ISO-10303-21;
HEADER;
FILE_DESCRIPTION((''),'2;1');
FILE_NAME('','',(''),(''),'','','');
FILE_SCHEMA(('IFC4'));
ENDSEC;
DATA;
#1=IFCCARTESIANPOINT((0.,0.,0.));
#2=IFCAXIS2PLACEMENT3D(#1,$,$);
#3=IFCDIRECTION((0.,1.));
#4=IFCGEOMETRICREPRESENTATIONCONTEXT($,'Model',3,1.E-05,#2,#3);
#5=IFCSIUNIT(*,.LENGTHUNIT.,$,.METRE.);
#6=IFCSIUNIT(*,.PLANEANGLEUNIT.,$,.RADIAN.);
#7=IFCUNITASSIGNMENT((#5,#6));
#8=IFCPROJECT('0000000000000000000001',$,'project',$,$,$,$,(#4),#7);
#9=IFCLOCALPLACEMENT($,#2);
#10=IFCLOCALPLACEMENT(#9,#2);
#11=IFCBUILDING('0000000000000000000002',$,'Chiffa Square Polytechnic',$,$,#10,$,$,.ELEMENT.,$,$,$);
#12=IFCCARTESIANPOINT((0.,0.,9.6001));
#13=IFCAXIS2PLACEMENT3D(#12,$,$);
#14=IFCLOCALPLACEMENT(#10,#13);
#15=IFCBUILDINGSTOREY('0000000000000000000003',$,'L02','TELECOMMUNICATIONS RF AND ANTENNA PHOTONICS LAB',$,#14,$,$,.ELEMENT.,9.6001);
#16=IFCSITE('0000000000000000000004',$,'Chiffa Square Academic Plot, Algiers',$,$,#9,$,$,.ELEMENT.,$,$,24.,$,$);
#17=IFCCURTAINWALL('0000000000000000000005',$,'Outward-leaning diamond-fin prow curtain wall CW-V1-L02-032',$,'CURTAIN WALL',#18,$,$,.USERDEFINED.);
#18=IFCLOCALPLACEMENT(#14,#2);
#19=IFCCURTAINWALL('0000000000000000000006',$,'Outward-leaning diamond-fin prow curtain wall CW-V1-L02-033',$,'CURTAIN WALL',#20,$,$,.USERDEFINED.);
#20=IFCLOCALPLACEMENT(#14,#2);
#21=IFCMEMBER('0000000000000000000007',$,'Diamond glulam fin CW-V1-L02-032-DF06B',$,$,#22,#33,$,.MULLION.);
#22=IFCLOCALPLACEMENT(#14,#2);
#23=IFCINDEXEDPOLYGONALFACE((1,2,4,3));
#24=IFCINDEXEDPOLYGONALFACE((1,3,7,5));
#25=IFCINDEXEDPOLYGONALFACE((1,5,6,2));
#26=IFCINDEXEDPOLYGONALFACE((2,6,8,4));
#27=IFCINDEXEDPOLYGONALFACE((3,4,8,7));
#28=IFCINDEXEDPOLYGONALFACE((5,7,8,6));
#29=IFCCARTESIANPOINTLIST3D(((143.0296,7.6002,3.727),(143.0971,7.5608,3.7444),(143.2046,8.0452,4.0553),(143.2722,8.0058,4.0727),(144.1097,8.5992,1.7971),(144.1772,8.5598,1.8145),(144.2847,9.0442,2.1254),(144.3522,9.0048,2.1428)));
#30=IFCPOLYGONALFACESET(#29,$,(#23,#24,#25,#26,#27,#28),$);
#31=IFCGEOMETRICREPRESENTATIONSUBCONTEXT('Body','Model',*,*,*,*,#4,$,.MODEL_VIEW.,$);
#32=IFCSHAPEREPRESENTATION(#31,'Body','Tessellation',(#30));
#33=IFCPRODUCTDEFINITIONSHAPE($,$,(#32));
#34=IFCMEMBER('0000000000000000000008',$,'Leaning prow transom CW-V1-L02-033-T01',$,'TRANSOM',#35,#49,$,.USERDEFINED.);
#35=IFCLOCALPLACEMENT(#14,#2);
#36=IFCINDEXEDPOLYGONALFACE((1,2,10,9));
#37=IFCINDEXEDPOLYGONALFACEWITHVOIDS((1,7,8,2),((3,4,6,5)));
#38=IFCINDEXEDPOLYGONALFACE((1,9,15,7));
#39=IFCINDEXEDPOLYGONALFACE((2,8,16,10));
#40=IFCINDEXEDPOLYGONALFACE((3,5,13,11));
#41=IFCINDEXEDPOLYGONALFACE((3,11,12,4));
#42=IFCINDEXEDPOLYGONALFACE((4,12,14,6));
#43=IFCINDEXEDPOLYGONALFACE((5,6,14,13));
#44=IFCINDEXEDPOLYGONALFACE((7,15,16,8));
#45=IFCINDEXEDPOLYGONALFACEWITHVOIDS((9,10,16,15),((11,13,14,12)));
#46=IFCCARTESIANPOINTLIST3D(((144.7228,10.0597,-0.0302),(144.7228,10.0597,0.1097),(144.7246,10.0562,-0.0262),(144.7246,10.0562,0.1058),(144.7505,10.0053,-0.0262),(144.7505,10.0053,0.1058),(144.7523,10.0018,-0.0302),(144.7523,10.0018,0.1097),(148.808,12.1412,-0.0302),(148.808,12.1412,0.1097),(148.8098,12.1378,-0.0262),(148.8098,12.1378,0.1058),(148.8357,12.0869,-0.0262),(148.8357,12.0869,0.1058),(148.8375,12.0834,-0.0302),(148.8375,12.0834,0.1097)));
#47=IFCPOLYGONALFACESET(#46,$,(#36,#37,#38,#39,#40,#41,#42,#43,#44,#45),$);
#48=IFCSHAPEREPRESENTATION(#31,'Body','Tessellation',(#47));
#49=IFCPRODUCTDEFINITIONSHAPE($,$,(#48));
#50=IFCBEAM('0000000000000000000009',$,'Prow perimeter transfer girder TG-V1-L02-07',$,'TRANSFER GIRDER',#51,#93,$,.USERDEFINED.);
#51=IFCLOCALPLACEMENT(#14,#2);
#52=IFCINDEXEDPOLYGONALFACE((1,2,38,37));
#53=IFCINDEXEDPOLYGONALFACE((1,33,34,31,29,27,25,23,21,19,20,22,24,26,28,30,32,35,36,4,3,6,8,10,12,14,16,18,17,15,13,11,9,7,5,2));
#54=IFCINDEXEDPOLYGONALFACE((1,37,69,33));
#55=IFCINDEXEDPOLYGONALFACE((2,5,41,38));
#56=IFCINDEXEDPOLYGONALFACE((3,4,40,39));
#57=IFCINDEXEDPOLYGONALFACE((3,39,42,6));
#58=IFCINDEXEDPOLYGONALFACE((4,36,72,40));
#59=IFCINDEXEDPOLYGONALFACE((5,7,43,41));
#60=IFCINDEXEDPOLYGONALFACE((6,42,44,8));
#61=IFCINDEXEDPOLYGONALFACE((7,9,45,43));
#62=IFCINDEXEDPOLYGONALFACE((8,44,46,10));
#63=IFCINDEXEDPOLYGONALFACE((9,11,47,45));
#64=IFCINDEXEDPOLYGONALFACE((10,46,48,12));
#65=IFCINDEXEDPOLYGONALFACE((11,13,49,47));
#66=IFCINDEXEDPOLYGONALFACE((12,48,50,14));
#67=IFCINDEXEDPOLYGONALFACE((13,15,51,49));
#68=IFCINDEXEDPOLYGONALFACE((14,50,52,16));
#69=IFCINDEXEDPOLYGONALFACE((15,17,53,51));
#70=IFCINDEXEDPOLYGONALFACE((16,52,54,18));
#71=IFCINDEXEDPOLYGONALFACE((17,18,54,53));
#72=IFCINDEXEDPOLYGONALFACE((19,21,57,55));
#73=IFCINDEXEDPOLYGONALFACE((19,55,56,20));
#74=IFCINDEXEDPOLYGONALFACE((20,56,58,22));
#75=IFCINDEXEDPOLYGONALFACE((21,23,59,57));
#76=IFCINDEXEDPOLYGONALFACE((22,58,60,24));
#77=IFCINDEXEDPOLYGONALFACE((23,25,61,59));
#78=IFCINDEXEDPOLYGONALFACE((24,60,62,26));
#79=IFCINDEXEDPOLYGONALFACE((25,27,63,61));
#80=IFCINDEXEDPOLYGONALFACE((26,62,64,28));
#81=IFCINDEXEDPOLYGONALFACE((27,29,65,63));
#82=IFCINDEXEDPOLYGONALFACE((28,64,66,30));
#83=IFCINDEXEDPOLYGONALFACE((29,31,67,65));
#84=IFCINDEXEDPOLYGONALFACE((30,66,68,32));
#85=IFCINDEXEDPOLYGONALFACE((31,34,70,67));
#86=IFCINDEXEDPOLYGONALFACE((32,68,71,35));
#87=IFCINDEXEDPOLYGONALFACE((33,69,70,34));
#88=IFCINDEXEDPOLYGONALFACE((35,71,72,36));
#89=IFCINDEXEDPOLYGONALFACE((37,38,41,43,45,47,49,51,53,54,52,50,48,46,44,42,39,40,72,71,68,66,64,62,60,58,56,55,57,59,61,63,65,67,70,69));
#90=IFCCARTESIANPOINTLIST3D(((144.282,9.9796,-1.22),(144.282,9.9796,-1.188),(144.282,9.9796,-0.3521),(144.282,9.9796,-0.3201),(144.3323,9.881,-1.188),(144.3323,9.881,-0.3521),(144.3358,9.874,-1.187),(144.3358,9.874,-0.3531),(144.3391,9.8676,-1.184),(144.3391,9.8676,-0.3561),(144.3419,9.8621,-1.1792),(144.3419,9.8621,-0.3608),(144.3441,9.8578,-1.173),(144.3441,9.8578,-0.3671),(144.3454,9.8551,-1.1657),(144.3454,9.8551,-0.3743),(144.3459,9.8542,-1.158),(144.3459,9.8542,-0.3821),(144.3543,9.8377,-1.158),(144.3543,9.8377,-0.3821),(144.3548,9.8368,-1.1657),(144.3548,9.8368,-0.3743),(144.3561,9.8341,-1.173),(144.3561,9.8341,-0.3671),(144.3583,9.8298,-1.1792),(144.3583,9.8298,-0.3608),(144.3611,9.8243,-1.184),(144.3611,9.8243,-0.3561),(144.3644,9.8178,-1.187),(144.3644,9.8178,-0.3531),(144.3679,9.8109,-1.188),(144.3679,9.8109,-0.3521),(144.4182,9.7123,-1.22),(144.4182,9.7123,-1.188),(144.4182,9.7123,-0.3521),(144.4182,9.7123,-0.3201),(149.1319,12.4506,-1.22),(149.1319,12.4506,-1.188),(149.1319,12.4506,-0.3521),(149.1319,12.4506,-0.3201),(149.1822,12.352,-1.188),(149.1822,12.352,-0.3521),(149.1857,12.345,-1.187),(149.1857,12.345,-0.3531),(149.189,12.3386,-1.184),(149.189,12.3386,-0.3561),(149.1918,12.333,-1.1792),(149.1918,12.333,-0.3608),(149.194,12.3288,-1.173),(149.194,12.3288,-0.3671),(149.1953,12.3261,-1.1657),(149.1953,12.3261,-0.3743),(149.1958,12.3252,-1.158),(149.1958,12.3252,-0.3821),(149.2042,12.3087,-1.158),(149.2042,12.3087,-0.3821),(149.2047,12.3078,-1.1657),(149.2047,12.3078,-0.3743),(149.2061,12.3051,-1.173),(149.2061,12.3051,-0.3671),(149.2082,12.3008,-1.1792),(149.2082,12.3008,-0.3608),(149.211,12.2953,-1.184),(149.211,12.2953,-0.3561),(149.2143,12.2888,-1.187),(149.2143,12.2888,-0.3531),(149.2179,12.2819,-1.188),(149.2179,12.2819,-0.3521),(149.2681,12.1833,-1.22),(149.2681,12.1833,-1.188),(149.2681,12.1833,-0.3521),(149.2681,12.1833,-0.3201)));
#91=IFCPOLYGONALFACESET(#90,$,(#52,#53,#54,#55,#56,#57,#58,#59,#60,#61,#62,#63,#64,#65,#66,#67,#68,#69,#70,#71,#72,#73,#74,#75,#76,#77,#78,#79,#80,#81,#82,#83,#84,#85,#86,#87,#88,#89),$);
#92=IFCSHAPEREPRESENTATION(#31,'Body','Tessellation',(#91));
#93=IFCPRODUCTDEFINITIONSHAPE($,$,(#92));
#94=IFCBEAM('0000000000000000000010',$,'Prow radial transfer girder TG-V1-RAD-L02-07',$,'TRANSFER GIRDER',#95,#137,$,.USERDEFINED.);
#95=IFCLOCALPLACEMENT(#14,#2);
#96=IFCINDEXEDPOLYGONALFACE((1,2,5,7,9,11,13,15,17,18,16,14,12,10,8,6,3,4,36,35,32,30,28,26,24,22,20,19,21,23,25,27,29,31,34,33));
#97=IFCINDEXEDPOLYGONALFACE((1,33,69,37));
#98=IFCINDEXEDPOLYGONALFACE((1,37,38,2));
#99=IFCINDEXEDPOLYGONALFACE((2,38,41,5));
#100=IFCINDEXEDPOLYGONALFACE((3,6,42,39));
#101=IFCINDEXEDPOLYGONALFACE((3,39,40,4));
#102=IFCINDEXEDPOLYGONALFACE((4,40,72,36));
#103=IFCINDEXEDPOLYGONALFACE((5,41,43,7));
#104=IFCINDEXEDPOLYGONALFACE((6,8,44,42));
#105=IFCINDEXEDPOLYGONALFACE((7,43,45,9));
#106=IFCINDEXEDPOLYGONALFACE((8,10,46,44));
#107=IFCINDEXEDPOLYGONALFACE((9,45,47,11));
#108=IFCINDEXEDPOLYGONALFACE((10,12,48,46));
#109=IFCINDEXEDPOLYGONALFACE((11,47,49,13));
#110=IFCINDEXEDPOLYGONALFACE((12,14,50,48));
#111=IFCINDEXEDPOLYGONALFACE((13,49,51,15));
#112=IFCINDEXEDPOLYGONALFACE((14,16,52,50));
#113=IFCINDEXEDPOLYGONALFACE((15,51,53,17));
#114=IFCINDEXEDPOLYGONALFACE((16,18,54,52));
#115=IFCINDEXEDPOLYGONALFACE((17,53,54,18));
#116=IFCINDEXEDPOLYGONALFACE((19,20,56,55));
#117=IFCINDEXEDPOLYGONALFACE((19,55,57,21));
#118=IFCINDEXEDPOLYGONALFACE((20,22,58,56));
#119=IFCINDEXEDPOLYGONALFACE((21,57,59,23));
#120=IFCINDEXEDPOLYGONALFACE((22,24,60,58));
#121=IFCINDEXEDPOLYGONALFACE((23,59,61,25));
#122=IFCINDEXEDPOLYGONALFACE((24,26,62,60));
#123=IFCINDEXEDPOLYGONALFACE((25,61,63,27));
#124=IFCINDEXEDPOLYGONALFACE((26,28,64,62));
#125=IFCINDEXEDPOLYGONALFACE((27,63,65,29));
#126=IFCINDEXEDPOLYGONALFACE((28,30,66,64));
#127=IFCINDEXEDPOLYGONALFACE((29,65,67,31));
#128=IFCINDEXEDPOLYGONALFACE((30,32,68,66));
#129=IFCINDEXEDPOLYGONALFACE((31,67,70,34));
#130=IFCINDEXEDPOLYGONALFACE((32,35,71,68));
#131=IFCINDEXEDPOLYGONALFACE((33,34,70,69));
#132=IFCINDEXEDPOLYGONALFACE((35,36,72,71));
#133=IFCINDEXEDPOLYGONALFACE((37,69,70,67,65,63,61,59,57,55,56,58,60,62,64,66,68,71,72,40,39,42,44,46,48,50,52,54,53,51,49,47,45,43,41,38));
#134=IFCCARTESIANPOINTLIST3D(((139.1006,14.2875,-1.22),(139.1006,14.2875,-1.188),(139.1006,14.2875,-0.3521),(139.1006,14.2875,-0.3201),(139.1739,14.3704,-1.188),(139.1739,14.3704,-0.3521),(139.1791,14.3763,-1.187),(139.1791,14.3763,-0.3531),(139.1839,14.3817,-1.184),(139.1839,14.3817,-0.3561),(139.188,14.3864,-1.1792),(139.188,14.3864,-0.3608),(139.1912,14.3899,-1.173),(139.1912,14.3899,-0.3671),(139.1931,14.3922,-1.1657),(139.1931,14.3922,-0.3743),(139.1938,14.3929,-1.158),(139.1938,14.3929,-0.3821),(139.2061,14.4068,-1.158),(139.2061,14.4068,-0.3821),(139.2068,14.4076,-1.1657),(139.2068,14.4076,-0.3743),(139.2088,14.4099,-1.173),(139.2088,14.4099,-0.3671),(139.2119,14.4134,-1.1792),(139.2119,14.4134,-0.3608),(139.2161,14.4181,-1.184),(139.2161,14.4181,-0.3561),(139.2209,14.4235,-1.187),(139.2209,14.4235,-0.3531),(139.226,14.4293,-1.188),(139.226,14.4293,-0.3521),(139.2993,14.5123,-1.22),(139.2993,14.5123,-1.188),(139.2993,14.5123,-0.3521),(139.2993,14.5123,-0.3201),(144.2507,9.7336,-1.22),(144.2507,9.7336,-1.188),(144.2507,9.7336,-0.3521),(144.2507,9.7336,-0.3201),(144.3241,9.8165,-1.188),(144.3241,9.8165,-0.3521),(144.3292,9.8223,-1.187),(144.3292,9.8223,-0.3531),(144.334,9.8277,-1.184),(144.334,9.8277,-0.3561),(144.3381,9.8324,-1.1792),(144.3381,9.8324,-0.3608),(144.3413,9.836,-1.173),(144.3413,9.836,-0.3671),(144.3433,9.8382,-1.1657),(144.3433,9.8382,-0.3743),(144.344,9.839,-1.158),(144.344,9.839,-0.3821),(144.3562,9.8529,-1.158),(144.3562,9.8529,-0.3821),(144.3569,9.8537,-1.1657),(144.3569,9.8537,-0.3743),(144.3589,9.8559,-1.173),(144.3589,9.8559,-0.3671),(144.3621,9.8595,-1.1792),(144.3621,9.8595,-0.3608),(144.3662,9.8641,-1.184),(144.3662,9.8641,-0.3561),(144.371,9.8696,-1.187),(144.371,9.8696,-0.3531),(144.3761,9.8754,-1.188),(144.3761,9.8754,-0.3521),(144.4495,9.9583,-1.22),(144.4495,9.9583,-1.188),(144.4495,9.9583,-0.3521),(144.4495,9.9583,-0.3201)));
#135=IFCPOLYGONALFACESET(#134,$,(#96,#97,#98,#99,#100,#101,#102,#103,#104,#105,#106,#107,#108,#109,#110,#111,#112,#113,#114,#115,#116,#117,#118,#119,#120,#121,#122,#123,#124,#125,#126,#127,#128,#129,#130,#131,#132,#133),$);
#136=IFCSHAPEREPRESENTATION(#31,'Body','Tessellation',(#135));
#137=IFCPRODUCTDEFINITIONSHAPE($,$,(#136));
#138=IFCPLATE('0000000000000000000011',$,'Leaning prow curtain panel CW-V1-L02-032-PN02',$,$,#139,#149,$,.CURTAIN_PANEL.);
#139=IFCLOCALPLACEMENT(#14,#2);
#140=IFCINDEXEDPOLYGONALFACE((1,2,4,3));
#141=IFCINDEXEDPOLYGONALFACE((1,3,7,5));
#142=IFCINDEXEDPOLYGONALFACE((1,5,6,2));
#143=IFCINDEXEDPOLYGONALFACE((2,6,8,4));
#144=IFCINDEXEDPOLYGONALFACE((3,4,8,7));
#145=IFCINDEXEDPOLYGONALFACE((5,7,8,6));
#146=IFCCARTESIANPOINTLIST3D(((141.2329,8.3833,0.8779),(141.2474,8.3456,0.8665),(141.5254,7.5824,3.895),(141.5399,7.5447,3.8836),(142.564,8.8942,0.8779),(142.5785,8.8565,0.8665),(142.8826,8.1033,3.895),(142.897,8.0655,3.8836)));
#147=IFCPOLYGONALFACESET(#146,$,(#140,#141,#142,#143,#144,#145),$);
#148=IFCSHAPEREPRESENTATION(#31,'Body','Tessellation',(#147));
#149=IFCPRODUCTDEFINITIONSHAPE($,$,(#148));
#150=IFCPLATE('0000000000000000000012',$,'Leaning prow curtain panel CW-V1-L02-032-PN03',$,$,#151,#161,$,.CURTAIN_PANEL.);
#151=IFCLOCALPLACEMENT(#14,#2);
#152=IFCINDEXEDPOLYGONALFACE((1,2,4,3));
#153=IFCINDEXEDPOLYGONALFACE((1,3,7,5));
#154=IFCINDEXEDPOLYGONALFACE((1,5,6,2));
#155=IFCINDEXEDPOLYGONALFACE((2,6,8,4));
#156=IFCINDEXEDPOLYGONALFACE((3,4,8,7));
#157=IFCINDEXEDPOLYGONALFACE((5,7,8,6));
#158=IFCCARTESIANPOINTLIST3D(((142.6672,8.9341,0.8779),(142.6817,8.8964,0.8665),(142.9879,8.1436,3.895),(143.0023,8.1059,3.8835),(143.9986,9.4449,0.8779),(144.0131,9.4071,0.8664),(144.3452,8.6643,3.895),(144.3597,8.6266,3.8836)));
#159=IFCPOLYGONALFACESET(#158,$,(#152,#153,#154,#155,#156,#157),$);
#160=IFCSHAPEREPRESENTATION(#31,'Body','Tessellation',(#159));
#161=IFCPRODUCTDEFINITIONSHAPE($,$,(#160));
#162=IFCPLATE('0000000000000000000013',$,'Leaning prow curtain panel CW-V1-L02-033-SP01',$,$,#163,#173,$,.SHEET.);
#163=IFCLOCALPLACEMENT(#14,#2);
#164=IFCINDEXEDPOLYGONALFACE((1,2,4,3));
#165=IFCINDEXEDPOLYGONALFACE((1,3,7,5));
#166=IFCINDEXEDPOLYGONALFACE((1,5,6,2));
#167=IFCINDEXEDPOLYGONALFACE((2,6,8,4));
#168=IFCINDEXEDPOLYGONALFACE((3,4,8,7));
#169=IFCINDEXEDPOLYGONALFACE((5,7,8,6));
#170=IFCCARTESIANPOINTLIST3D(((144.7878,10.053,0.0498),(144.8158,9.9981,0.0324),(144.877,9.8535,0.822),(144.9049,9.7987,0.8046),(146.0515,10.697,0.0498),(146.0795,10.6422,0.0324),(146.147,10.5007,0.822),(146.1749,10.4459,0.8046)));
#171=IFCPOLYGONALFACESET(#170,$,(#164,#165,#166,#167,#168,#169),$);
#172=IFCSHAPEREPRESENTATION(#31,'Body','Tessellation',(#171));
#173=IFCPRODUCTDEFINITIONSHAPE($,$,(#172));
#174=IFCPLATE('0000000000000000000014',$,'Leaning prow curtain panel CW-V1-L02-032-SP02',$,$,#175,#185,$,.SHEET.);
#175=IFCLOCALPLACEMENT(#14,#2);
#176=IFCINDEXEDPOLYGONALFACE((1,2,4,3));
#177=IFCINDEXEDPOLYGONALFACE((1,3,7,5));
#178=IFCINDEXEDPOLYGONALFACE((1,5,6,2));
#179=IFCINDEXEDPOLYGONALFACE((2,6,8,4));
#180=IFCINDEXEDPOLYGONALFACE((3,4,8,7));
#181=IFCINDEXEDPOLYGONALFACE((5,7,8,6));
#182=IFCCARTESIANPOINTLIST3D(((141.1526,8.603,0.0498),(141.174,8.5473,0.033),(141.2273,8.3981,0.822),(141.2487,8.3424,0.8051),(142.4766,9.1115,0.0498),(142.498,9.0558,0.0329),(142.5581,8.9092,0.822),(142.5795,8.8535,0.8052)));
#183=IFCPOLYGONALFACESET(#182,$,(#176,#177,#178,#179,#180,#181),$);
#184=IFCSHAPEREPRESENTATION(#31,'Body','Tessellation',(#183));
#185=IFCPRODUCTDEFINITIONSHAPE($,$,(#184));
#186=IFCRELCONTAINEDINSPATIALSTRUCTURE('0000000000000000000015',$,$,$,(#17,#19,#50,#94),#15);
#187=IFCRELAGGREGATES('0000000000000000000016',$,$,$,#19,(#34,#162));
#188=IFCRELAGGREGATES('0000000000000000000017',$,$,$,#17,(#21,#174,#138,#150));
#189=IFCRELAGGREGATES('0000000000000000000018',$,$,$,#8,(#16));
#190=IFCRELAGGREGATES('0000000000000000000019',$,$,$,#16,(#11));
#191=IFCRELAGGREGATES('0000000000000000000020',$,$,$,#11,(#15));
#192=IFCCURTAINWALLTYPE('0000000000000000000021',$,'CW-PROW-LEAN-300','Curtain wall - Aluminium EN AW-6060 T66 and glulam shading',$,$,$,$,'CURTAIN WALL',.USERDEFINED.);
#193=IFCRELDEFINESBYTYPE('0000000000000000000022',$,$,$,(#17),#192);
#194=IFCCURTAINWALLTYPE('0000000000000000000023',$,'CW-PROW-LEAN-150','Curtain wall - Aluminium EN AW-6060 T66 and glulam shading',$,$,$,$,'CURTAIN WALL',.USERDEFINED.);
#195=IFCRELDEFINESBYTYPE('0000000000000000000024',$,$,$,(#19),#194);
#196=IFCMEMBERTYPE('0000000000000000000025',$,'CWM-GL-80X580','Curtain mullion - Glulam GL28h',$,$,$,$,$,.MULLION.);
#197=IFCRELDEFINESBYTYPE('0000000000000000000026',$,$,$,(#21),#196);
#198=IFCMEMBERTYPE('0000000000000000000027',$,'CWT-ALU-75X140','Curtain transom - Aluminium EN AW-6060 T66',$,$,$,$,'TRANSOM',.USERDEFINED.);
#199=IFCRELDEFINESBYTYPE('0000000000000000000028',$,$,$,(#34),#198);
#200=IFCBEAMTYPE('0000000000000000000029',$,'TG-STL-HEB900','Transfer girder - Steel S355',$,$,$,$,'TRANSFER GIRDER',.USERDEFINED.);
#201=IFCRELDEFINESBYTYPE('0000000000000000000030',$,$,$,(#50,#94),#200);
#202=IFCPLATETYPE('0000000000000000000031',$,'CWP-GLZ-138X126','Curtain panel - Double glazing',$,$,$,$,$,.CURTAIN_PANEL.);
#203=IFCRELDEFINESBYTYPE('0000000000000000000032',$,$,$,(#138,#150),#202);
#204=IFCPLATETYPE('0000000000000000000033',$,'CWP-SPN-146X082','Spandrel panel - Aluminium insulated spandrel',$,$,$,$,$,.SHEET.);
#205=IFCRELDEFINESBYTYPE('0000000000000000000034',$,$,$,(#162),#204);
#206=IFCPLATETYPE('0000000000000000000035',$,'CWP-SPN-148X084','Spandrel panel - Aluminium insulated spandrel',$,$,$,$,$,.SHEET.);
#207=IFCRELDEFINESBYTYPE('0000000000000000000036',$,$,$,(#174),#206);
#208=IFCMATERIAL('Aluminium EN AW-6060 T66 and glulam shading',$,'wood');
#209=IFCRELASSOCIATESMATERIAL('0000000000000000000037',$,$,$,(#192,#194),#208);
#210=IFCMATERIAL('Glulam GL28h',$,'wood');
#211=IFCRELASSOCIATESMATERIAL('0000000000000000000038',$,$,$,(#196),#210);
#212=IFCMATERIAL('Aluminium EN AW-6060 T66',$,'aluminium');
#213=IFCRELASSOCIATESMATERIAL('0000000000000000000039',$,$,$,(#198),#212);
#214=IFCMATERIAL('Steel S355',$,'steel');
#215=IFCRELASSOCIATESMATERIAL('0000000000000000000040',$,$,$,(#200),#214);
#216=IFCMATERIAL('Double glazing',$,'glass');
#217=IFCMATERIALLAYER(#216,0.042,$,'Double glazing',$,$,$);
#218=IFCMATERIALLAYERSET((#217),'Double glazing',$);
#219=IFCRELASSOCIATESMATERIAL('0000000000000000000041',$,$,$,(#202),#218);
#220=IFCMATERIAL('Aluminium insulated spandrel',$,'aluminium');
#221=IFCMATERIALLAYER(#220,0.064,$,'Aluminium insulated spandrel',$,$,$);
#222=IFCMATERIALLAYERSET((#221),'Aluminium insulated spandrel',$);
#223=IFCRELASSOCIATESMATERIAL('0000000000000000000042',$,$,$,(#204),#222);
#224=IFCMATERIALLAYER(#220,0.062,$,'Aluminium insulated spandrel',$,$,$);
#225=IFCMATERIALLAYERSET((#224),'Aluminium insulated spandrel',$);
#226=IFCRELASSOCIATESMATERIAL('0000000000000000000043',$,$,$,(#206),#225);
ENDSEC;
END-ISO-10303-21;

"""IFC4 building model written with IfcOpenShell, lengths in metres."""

from ifc_helpers import new_model, si_unit, direction, frame, origin, origin_2d, place, context, subcontext, project, spatial, polyline, rectangle, hollow_rectangle, i_section, outline, extrude, material, layer, layer_set, material_profile, profile_set, type_object, element, aggregate, save


model = new_model("IFC4")

# Units and contexts
model_context = context("Model", 3, precision=1e-05, world=origin(), true_north=direction((0.0, 1.0)))
body_context = subcontext(model_context, "Body", "Model", "MODEL_VIEW")
ifc_project = project(units=[si_unit("LENGTHUNIT", "METRE"), si_unit("PLANEANGLEUNIT", "RADIAN")], contexts=[model_context])

# Site, building, storey
site_placement = place(None, origin())
site = spatial("IfcSite", under=ifc_project, at=site_placement, Name="Chiffa Square Academic Plot, Algiers", CompositionType="ELEMENT", RefElevation=24.0)
building_placement = place(site_placement, origin())
building = spatial("IfcBuilding", under=site, at=building_placement, Name="Chiffa Square Polytechnic", CompositionType="ELEMENT")
storey_placement = place(building_placement, frame((0.0, 0.0, 9.6001)))
storey = spatial("IfcBuildingStorey", under=building, at=storey_placement, Name="L02", Description="TELECOMMUNICATIONS RF AND ANTENNA PHOTONICS LAB", CompositionType="ELEMENT", Elevation=9.6001)

# Curtain wall
ifc_material_1 = material(Name="Aluminium EN AW-6060 T66 and glulam shading", Category="wood")
curtain_wall_type_1 = type_object("IfcCurtainWallType", Name="CW-PROW-LEAN-300", Description="Curtain wall - Aluminium EN AW-6060 T66 and glulam shading", ElementType="CURTAIN WALL", PredefinedType="USERDEFINED", material=ifc_material_1)
curtain_wall_1_placement = place(storey_placement, origin())
curtain_wall_1 = element("IfcCurtainWall", 1, at=curtain_wall_1_placement, inside=storey, type_object=curtain_wall_type_1, Name="Outward-leaning diamond-fin prow curtain wall CW-V1-L02-032", ObjectType="CURTAIN WALL", PredefinedType="USERDEFINED")
ifc_material_2 = material(Name="Aluminium EN AW-6060 T66", Category="aluminium")

# Curtain wall
curtain_wall_type_2 = type_object("IfcCurtainWallType", Name="CW-PROW-LEAN-150", Description="Curtain wall - Aluminium EN AW-6060 T66 and glulam shading", ElementType="CURTAIN WALL", PredefinedType="USERDEFINED", material=ifc_material_1)
curtain_wall_2_placement = place(storey_placement, origin())
curtain_wall_2 = element("IfcCurtainWall", 2, at=curtain_wall_2_placement, inside=storey, type_object=curtain_wall_type_2, Name="Outward-leaning diamond-fin prow curtain wall CW-V1-L02-033", ObjectType="CURTAIN WALL", PredefinedType="USERDEFINED")

# Members
ifc_material_3 = material(Name="Glulam GL28h", Category="wood")
ifc_material_profile_1 = material_profile(ifc_material_3, rectangle(XDim=0.0801, YDim=0.5801, at=origin_2d()), Name="GL28h 80x580")
ifc_profile_set_1 = profile_set([ifc_material_profile_1], Name="Glulam GL28h")
member_type_1 = type_object("IfcMemberType", Name="CWM-GL-80X580", Description="Curtain mullion - Glulam GL28h", PredefinedType="MULLION", material=ifc_profile_set_1)
member_1_placement = place(storey_placement, frame((144.231, 8.802, 1.97), z_axis=(-0.445067, -0.411667, 0.795265), x_axis=(0.843145, -0.491836, 0.217265)))
member_1 = element("IfcMember", 3, at=member_1_placement, type_object=member_type_1, Name="Diamond glulam fin CW-V1-L02-032-DF06B", PredefinedType="MULLION", context=body_context, shape_type="SweptSolid", body=[
    extrude(rectangle(XDim=0.0801, YDim=0.5801, at=origin_2d()), origin(), (0.0, 0.0, 1.0), 2.4268),
])
ifc_material_profile_2 = material_profile(ifc_material_2, hollow_rectangle(XDim=0.0649, YDim=0.1399, WallThickness=0.0039, at=origin_2d()), Name="ALU 65x140x4")
ifc_profile_set_2 = profile_set([ifc_material_profile_2], Name="Aluminium EN AW-6060 T66")
member_type_2 = type_object("IfcMemberType", Name="CWT-ALU-75X140", Description="Curtain transom - Aluminium EN AW-6060 T66", ElementType="TRANSOM", PredefinedType="USERDEFINED", material=ifc_profile_set_2)
member_2_placement = place(storey_placement, frame((144.7375, 10.0308, 0.0398), z_axis=(0.891004, 0.453995, 0.0), x_axis=(-0.453995, 0.891004, 0.0)))
member_2 = element("IfcMember", 4, at=member_2_placement, type_object=member_type_2, Name="Leaning prow transom CW-V1-L02-033-T01", ObjectType="TRANSOM", PredefinedType="USERDEFINED", context=body_context, shape_type="SweptSolid", body=[
    extrude(hollow_rectangle(XDim=0.0649, YDim=0.1399, WallThickness=0.0039, at=origin_2d()), origin(), (0.0, 0.0, 1.0), 4.585),
])

# Beams
ifc_material_4 = material(Name="Steel S355", Category="steel")
ifc_material_profile_3 = material_profile(ifc_material_4, i_section(OverallWidth=0.3, OverallDepth=0.8999, WebThickness=0.0186, FlangeThickness=0.032, FilletRadius=0.03, at=origin_2d()), Name="HEB 900")
ifc_profile_set_3 = profile_set([ifc_material_profile_3], Name="Steel S355")
beam_type_1 = type_object("IfcBeamType", Name="TG-STL-HEB900", Description="Transfer girder - Steel S355", ElementType="TRANSFER GIRDER", PredefinedType="USERDEFINED", material=ifc_profile_set_3)
beam_1_placement = place(storey_placement, frame((144.3501, 9.8459, -0.77), z_axis=(0.89102, 0.453965, 0.0), x_axis=(-0.453965, 0.89102, 0.0)))
element("IfcBeam", 5, at=beam_1_placement, inside=storey, type_object=beam_type_1, Name="Prow perimeter transfer girder TG-V1-L02-07", ObjectType="TRANSFER GIRDER", PredefinedType="USERDEFINED", context=body_context, shape_type="SweptSolid", body=[
    extrude(i_section(OverallWidth=0.3, OverallDepth=0.8999, WebThickness=0.0186, FlangeThickness=0.032, FilletRadius=0.03, at=origin_2d()), origin(), (0.0, 0.0, 1.0), 5.4431),
])
beam_2_placement = place(storey_placement, frame((144.3501, 9.8459, -0.77), z_axis=(-0.749137, 0.662415, 0.0), x_axis=(-0.662415, -0.749137, 0.0)))
element("IfcBeam", 6, at=beam_2_placement, inside=storey, type_object=beam_type_1, Name="Prow radial transfer girder TG-V1-RAD-L02-07", ObjectType="TRANSFER GIRDER", PredefinedType="USERDEFINED", context=body_context, shape_type="SweptSolid", body=[
    extrude(i_section(OverallWidth=0.3, OverallDepth=0.8999, WebThickness=0.0186, FlangeThickness=0.032, FilletRadius=0.03, at=origin_2d()), origin(), (0.0, 0.0, 1.0), 6.8748),
])

# Plates
ifc_material_5 = material(Name="Double glazing", Category="glass")
ifc_layer_1 = layer(ifc_material_5, 0.042, Name="Double glazing")
ifc_layer_set_1 = layer_set([ifc_layer_1], Name="Double glazing")
plate_type_1 = type_object("IfcPlateType", Name="CWP-GLZ-138X126", Description="Curtain panel - Double glazing", PredefinedType="CURTAIN_PANEL", material=ifc_layer_set_1)
plate_1_placement = place(storey_placement, frame((141.2329, 8.3833, 0.8779), z_axis=(-0.344813, 0.898423, 0.27192), x_axis=(0.933599, 0.35832, -0.000022)))
plate_1 = element("IfcPlate", 7, at=plate_1_placement, type_object=plate_type_1, Name="Leaning prow curtain panel CW-V1-L02-032-PN02", PredefinedType="CURTAIN_PANEL", context=body_context, shape_type="SweptSolid", body=[
    extrude(outline(polyline([(0.0, 0.0), (1.4258, 0.0), (1.4397, -3.1353), (-0.0139, -3.1352), (0.0, 0.0)])), origin(), (0.0, 0.0, -1.0), 0.042),
])
plate_2_placement = place(storey_placement, frame((142.6672, 8.9341, 0.8779), z_axis=(-0.344676, 0.898442, 0.272029), x_axis=(0.933647, 0.358195, -0.000043)))
plate_2 = element("IfcPlate", 8, at=plate_2_placement, type_object=plate_type_1, Name="Leaning prow curtain panel CW-V1-L02-032-PN03", PredefinedType="CURTAIN_PANEL", context=body_context, shape_type="SweptSolid", body=[
    extrude(outline(polyline([(0.0, 0.0), (1.426, 0.0), (1.4699, -3.1354), (0.0161, -3.1353), (0.0, 0.0)])), origin(), (0.0, 0.0, -1.0), 0.042),
])
ifc_material_6 = material(Name="Aluminium insulated spandrel", Category="aluminium")
ifc_layer_2 = layer(ifc_material_6, 0.064, Name="Aluminium insulated spandrel")
ifc_layer_set_2 = layer_set([ifc_layer_2], Name="Aluminium insulated spandrel")
plate_type_2 = type_object("IfcPlateType", Name="CWP-SPN-146X082", Description="Spandrel panel - Aluminium insulated spandrel", PredefinedType="SHEET", material=ifc_layer_set_2)
plate_3_placement = place(storey_placement, frame((144.7878, 10.053, 0.0498), z_axis=(-0.436959, 0.857395, 0.271922), x_axis=(0.890966, 0.45407, -0.000005)))
plate_3 = element("IfcPlate", 9, at=plate_3_placement, type_object=plate_type_2, Name="Leaning prow curtain panel CW-V1-L02-033-SP01", PredefinedType="SHEET", context=body_context, shape_type="SweptSolid", body=[
    extrude(outline(polyline([(0.0, 0.0), (1.4183, 0.0), (1.4142, -0.8025), (-0.0112, -0.8024), (0.0, 0.0)])), origin(), (0.0, 0.0, -1.0), 0.064),
])
aggregate(curtain_wall_2, [member_2, plate_3])
ifc_layer_3 = layer(ifc_material_6, 0.062, Name="Aluminium insulated spandrel")
ifc_layer_set_3 = layer_set([ifc_layer_3], Name="Aluminium insulated spandrel")
plate_type_3 = type_object("IfcPlateType", Name="CWP-SPN-148X084", Description="Spandrel panel - Aluminium insulated spandrel", PredefinedType="SHEET", material=ifc_layer_set_3)
plate_4_placement = place(storey_placement, frame((141.1526, 8.603, 0.0498), z_axis=(-0.345012, 0.898387, 0.271786), x_axis=(0.933525, 0.358511, -0.000016)))
plate_4 = element("IfcPlate", 10, at=plate_4_placement, type_object=plate_type_3, Name="Leaning prow curtain panel CW-V1-L02-032-SP02", PredefinedType="SHEET", context=body_context, shape_type="SweptSolid", body=[
    extrude(outline(polyline([(0.0, 0.0), (1.4183, 0.0), (1.4218, -0.8024), (-0.0037, -0.8024), (0.0, 0.0)])), origin(), (0.0, 0.0, -1.0), 0.062),
])
aggregate(curtain_wall_1, [member_1, plate_4, plate_1, plate_2])

save(model, "model.ifc")
